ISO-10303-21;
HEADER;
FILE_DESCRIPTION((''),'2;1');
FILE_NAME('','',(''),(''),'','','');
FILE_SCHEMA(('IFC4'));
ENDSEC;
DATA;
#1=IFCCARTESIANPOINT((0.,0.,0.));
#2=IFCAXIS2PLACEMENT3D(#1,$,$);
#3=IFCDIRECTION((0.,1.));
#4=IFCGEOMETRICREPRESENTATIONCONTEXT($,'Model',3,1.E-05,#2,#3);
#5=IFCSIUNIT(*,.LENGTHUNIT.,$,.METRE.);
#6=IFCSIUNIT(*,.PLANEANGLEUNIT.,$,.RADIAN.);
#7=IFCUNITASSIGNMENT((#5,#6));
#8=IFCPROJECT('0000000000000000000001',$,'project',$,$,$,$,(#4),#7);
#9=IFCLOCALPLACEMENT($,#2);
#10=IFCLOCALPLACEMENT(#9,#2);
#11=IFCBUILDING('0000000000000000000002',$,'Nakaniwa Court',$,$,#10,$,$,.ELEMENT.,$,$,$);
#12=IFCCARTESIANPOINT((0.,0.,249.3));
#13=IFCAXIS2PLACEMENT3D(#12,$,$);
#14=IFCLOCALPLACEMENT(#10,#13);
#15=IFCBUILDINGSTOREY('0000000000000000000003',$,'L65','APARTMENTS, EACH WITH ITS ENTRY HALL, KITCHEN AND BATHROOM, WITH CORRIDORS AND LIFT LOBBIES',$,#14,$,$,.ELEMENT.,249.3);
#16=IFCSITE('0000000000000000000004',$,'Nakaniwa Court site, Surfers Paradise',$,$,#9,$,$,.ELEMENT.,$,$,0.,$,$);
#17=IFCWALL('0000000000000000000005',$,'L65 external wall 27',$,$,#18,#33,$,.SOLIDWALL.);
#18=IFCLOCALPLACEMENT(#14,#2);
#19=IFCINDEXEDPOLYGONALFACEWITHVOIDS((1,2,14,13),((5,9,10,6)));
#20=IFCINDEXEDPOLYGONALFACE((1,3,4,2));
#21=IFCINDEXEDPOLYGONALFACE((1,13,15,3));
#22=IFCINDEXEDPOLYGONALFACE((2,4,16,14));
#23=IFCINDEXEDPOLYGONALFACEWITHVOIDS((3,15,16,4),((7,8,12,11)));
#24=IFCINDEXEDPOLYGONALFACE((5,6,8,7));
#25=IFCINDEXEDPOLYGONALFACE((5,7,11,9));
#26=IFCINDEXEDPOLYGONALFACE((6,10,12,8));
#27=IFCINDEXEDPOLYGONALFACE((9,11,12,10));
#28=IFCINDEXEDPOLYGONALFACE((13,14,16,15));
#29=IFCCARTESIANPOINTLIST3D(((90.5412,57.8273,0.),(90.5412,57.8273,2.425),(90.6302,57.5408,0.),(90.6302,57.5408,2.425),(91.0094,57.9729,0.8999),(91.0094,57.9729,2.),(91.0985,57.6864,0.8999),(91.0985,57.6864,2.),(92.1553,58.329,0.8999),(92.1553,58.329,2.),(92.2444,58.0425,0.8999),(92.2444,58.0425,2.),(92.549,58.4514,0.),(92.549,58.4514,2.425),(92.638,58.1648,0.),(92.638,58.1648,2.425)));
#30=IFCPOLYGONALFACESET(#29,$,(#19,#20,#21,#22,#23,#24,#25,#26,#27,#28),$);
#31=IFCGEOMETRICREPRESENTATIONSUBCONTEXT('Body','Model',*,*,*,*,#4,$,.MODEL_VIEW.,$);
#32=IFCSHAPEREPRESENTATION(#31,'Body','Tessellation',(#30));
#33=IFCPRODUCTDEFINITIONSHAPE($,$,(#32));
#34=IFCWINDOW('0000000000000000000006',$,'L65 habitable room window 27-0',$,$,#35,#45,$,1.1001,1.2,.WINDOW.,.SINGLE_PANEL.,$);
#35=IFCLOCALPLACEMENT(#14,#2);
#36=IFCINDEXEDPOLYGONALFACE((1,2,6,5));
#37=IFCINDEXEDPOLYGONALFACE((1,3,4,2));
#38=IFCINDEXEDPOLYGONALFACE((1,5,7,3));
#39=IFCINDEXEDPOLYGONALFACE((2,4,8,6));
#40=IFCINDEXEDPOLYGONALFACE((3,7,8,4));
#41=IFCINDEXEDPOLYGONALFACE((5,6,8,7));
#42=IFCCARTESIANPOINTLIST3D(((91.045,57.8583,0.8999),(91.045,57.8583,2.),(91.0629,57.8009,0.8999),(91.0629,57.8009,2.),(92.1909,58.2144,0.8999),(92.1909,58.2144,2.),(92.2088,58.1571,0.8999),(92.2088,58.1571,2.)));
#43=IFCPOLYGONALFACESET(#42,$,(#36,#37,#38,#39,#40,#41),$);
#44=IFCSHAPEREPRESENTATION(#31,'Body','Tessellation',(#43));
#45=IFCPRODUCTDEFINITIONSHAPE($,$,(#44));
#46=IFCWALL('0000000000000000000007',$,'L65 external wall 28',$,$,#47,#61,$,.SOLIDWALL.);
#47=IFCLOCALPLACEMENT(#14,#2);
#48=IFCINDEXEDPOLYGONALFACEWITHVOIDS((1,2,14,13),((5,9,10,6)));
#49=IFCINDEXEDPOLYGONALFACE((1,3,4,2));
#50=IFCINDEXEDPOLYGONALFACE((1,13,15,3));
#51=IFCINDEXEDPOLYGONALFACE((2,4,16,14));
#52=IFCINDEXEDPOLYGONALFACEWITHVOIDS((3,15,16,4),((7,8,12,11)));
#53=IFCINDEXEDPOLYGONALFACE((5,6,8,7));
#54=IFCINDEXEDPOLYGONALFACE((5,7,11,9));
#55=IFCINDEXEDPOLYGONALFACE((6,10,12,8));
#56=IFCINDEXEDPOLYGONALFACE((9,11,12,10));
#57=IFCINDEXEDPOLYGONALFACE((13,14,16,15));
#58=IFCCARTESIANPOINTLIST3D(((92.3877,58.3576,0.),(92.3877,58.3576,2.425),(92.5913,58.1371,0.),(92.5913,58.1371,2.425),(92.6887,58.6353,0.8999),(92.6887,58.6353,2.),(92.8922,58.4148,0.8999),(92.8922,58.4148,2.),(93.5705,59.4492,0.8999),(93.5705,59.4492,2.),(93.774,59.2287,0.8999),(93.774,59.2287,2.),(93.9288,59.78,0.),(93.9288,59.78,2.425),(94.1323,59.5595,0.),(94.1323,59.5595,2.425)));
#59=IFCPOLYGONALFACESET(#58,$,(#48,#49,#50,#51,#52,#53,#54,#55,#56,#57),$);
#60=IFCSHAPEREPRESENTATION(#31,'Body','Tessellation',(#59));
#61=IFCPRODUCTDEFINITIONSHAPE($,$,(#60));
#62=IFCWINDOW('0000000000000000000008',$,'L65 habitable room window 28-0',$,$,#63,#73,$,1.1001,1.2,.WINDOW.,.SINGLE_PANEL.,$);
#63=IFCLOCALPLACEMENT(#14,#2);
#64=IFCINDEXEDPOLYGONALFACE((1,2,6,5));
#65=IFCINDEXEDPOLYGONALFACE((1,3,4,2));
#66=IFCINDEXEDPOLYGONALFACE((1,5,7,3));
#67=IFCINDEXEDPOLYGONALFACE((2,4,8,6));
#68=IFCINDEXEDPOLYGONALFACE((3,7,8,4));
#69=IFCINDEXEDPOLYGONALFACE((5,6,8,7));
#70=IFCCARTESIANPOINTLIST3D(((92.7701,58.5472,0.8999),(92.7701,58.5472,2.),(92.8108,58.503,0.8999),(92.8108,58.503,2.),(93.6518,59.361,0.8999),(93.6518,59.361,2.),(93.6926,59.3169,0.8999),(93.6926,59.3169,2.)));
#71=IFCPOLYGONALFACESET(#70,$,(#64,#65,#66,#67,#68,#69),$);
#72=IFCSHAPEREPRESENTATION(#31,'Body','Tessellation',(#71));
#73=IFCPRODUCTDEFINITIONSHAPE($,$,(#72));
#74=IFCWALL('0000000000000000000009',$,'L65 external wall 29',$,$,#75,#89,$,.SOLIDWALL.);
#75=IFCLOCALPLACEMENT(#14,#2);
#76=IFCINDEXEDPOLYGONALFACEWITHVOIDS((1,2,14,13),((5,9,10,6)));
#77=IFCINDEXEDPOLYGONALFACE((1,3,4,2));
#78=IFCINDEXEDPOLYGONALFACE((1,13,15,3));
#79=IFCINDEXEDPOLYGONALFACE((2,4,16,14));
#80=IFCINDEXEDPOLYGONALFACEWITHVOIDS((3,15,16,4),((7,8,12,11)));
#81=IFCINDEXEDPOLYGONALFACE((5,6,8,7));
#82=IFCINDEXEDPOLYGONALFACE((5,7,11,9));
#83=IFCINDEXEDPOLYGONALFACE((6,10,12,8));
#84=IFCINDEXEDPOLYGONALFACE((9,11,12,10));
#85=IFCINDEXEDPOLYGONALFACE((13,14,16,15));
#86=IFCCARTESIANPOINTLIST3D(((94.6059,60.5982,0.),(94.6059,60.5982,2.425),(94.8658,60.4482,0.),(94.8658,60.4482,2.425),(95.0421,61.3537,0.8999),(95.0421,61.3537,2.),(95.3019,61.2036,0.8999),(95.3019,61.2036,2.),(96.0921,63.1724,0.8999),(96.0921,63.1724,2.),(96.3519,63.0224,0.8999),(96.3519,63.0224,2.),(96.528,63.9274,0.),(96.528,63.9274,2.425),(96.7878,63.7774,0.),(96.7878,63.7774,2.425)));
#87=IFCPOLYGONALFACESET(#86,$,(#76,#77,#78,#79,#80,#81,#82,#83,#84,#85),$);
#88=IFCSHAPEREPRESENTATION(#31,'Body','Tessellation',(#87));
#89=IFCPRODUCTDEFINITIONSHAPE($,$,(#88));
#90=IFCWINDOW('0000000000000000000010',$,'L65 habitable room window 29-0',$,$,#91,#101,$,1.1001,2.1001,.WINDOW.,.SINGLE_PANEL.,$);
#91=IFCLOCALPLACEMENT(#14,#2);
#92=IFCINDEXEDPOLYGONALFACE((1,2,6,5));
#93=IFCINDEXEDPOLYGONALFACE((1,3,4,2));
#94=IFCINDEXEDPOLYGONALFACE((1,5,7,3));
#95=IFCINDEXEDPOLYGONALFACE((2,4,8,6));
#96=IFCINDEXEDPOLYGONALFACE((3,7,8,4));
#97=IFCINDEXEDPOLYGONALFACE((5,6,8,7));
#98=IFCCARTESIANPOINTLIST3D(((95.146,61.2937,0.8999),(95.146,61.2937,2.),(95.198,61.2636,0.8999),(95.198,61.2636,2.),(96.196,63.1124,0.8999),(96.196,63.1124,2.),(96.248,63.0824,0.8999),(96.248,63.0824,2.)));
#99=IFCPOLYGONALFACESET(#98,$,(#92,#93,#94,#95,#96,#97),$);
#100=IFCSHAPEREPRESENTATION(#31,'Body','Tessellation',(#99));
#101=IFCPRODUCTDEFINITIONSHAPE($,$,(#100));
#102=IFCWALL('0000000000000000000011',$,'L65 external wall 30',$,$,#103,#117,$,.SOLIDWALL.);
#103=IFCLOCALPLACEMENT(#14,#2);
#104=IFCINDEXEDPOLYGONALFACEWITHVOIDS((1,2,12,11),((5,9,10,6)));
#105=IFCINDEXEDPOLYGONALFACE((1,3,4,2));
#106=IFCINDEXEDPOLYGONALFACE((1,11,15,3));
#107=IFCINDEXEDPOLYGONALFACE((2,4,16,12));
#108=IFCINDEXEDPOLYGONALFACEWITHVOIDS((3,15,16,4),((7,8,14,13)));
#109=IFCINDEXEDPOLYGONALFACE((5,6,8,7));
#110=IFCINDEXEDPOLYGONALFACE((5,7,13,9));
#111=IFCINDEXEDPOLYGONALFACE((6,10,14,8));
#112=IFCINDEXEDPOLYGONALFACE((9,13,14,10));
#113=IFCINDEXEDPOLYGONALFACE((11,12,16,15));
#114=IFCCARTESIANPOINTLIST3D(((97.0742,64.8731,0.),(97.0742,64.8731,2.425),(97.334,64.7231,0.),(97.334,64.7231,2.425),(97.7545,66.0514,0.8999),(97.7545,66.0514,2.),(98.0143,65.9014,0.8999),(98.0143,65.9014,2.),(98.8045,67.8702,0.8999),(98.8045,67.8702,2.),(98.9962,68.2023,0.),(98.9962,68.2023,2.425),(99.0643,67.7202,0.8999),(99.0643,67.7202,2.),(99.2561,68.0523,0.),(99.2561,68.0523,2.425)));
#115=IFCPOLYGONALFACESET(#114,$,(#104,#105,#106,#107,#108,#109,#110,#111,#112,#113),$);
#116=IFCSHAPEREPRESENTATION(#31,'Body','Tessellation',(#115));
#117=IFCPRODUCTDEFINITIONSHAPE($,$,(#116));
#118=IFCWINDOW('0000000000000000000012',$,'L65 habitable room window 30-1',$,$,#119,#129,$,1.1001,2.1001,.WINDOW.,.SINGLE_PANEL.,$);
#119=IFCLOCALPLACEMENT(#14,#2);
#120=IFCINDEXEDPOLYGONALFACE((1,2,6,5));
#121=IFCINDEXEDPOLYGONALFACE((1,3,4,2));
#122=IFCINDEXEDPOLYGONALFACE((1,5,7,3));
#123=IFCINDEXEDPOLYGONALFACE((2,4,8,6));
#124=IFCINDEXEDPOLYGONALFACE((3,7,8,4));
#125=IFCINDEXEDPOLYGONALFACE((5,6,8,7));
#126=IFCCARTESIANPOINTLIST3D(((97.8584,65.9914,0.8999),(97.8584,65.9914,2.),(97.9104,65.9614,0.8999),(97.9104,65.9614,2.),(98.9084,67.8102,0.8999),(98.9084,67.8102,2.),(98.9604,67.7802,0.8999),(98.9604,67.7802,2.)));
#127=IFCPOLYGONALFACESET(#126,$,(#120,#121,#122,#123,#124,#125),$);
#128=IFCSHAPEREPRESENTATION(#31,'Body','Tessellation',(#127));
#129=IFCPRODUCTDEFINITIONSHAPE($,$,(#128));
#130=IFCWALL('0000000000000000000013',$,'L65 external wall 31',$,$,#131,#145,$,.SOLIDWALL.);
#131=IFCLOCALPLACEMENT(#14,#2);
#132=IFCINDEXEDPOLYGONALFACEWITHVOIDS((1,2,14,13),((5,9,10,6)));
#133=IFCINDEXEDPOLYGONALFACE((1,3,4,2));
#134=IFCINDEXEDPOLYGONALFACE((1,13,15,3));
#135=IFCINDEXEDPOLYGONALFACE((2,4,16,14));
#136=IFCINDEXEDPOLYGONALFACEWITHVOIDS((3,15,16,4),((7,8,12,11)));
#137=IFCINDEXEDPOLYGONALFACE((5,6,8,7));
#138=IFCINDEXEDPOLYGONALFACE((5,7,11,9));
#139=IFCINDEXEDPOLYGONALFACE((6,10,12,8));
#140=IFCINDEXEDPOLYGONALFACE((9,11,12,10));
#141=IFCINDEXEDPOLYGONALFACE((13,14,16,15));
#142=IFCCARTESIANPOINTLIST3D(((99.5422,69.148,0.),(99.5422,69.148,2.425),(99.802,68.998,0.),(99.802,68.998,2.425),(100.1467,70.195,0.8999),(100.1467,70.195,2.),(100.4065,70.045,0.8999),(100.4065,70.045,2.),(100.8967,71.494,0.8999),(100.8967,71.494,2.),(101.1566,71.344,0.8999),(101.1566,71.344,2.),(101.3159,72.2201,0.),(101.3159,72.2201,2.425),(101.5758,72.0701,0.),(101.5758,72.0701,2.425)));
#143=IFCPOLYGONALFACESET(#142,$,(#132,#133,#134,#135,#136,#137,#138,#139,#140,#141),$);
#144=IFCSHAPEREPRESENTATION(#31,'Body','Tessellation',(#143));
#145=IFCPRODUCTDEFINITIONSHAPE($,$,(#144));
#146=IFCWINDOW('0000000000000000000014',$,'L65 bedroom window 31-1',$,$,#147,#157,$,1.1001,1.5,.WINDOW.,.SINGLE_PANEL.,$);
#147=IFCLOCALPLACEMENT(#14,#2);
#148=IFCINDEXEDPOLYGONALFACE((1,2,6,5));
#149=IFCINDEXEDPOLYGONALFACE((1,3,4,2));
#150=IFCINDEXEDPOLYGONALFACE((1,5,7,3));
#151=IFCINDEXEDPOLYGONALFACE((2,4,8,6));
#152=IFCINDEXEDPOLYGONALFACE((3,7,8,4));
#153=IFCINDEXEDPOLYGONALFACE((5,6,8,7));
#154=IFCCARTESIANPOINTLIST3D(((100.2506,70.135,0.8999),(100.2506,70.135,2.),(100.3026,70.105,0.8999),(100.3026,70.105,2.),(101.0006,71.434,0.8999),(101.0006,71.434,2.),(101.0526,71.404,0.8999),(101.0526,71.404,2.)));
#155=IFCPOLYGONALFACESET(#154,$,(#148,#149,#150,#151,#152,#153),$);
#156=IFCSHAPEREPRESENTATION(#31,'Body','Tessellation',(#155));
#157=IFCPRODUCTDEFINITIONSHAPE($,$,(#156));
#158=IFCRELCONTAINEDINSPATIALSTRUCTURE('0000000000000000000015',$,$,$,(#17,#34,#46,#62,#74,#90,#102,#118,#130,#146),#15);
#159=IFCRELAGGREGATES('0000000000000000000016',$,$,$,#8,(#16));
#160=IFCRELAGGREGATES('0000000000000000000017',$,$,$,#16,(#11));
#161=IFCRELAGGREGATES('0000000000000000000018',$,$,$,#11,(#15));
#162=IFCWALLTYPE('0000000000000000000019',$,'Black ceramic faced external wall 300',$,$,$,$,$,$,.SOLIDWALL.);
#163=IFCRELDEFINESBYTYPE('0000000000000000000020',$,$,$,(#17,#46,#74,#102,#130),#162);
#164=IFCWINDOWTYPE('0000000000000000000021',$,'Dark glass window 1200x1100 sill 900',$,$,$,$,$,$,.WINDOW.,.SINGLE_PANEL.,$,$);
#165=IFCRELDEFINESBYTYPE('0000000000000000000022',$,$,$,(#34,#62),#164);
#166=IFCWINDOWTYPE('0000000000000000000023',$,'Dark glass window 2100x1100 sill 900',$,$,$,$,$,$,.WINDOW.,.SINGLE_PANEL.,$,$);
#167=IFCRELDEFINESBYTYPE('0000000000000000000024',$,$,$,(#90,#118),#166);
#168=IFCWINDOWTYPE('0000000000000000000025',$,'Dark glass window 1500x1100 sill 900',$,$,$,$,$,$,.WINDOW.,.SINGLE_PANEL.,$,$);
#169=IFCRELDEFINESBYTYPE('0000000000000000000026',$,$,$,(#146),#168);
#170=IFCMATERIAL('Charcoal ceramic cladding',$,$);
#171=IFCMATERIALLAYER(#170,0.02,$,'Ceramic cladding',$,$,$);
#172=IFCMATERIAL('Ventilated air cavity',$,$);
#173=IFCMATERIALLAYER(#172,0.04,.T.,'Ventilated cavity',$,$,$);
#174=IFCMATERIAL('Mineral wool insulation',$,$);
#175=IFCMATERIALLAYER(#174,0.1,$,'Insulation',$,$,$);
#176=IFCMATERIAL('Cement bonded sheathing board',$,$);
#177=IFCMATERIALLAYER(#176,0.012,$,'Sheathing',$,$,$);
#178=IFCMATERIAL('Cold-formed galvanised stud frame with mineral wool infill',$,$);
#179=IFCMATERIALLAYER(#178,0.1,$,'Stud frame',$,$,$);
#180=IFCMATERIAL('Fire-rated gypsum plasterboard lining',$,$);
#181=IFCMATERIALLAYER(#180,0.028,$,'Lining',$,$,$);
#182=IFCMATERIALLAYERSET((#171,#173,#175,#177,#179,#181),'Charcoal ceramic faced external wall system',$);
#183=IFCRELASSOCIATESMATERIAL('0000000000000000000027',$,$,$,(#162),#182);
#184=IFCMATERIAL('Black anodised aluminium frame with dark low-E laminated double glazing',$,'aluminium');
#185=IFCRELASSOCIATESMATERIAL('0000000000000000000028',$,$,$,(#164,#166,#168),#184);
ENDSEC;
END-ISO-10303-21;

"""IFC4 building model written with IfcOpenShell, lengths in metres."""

from ifc_helpers import new_model, si_unit, direction, frame, frame_2d, origin, place, context, subcontext, project, spatial, rectangle, extrude, material, layer, layer_set, type_object, element, fill, save


model = new_model("IFC4")

# Units and contexts
model_context = context("Model", 3, precision=1e-05, world=origin(), true_north=direction((0.0, 1.0)))
body_context = subcontext(model_context, "Body", "Model", "MODEL_VIEW")
ifc_project = project(units=[si_unit("LENGTHUNIT", "METRE"), si_unit("PLANEANGLEUNIT", "RADIAN")], contexts=[model_context])

# Site, building, storey
site_placement = place(None, origin())
site = spatial("IfcSite", under=ifc_project, at=site_placement, Name="Nakaniwa Court site, Surfers Paradise", CompositionType="ELEMENT", RefElevation=0.0)
building_placement = place(site_placement, origin())
building = spatial("IfcBuilding", under=site, at=building_placement, Name="Nakaniwa Court", CompositionType="ELEMENT")
storey_placement = place(building_placement, frame((0.0, 0.0, 249.3)))
storey = spatial("IfcBuildingStorey", under=building, at=storey_placement, Name="L65", Description="APARTMENTS, EACH WITH ITS ENTRY HALL, KITCHEN AND BATHROOM, WITH CORRIDORS AND LIFT LOBBIES", CompositionType="ELEMENT", Elevation=249.3)

# Walls, openings, windows
ifc_material_1 = material(Name="Charcoal ceramic cladding")
ifc_layer_1 = layer(ifc_material_1, 0.02, Name="Ceramic cladding")
ifc_material_2 = material(Name="Ventilated air cavity")
ifc_layer_2 = layer(ifc_material_2, 0.04, ventilated=True, Name="Ventilated cavity")
ifc_material_3 = material(Name="Mineral wool insulation")
ifc_layer_3 = layer(ifc_material_3, 0.1, Name="Insulation")
ifc_material_4 = material(Name="Cement bonded sheathing board")
ifc_layer_4 = layer(ifc_material_4, 0.012, Name="Sheathing")
ifc_material_5 = material(Name="Cold-formed galvanised stud frame with mineral wool infill")
ifc_layer_5 = layer(ifc_material_5, 0.1, Name="Stud frame")
ifc_material_6 = material(Name="Fire-rated gypsum plasterboard lining")
ifc_layer_6 = layer(ifc_material_6, 0.028, Name="Lining")
ifc_layer_set_1 = layer_set([ifc_layer_1, ifc_layer_2, ifc_layer_3, ifc_layer_4, ifc_layer_5, ifc_layer_6], Name="Charcoal ceramic faced external wall system")
wall_type_1 = type_object("IfcWallType", Name="Black ceramic faced external wall 300", PredefinedType="SOLIDWALL", material=ifc_layer_set_1)
wall_1_placement = place(storey_placement, frame((90.5857, 57.6841, 0.0), z_axis=(0.0, 0.0, 1.0), x_axis=(0.954942, 0.296794, 0.0)))
wall_1 = element("IfcWall", 1, at=wall_1_placement, inside=storey, type_object=wall_type_1, Name="L65 external wall 27", PredefinedType="SOLIDWALL", context=body_context, shape_type="SweptSolid", body=[
    extrude(rectangle(XDim=2.1025, YDim=0.3, at=frame_2d((1.0513, 0.0))), origin(), (0.0, 0.0, 1.0), 2.425),
])
opening_1_placement = place(wall_1_placement, frame((0.4902, 0.0, 0.8999)))
opening_1 = element("IfcOpeningElement", 2, at=opening_1_placement, cuts=wall_1, PredefinedType="OPENING", context=body_context, shape_type="SweptSolid", body=[
    extrude(rectangle(XDim=1.2, YDim=1.1001, at=frame_2d((0.6001, 0.55))), frame((0.0, 0.1599, 0.0), z_axis=(0.0, -1.0, 0.0), x_axis=(1.0, 0.0, 0.0)), (0.0, 0.0, 1.0), 0.3201),
])
ifc_material_7 = material(Name="Black anodised aluminium frame with dark low-E laminated double glazing", Category="aluminium")
window_type_1 = type_object("IfcWindowType", Name="Dark glass window 1200x1100 sill 900", PartitioningType="SINGLE_PANEL", PredefinedType="WINDOW", material=ifc_material_7)
window_1_placement = place(opening_1_placement, origin())
window_1 = element("IfcWindow", 3, at=window_1_placement, inside=storey, type_object=window_type_1, Name="L65 habitable room window 27-0", OverallHeight=1.1001, OverallWidth=1.2, PartitioningType="SINGLE_PANEL", PredefinedType="WINDOW", context=body_context, shape_type="SweptSolid", body=[
    extrude(rectangle(XDim=1.2, YDim=1.1001, at=frame_2d((0.6001, 0.55))), frame((0.0, 0.03, 0.0), z_axis=(0.0, -1.0, 0.0), x_axis=(1.0, 0.0, 0.0)), (0.0, 0.0, 1.0), 0.0601),
])
fill(opening_1, window_1)
wall_2_placement = place(storey_placement, frame((92.4895, 58.2473, 0.0), z_axis=(0.0, 0.0, 1.0), x_axis=(0.73483, 0.678251, 0.0)))
wall_2 = element("IfcWall", 4, at=wall_2_placement, inside=storey, type_object=wall_type_1, Name="L65 external wall 28", PredefinedType="SOLIDWALL", context=body_context, shape_type="SweptSolid", body=[
    extrude(rectangle(XDim=2.0972, YDim=0.3, at=frame_2d((1.0486, 0.0))), origin(), (0.0, 0.0, 1.0), 2.425),
])
opening_2_placement = place(wall_2_placement, frame((0.4094, 0.0, 0.8999)))
opening_2 = element("IfcOpeningElement", 5, at=opening_2_placement, cuts=wall_2, PredefinedType="OPENING", context=body_context, shape_type="SweptSolid", body=[
    extrude(rectangle(XDim=1.2, YDim=1.1001, at=frame_2d((0.6001, 0.55))), frame((0.0, 0.1599, 0.0), z_axis=(0.0, -1.0, 0.0), x_axis=(1.0, 0.0, 0.0)), (0.0, 0.0, 1.0), 0.3201),
])
window_2_placement = place(opening_2_placement, origin())
window_2 = element("IfcWindow", 6, at=window_2_placement, inside=storey, type_object=window_type_1, Name="L65 habitable room window 28-0", OverallHeight=1.1001, OverallWidth=1.2, PartitioningType="SINGLE_PANEL", PredefinedType="WINDOW", context=body_context, shape_type="SweptSolid", body=[
    extrude(rectangle(XDim=1.2, YDim=1.1001, at=frame_2d((0.6001, 0.55))), frame((0.0, 0.03, 0.0), z_axis=(0.0, -1.0, 0.0), x_axis=(1.0, 0.0, 0.0)), (0.0, 0.0, 1.0), 0.0601),
])
fill(opening_2, window_2)
wall_3_placement = place(storey_placement, frame((94.7358, 60.5232, 0.0), z_axis=(0.0, 0.0, 1.0), x_axis=(0.499984, 0.866034, 0.0)))
wall_3 = element("IfcWall", 7, at=wall_3_placement, inside=storey, type_object=wall_type_1, Name="L65 external wall 29", PredefinedType="SOLIDWALL", context=body_context, shape_type="SweptSolid", body=[
    extrude(rectangle(XDim=3.8442, YDim=0.3, at=frame_2d((1.9221, 0.0))), origin(), (0.0, 0.0, 1.0), 2.425),
])
opening_3_placement = place(wall_3_placement, frame((0.8723, 0.0, 0.8999)))
opening_3 = element("IfcOpeningElement", 8, at=opening_3_placement, cuts=wall_3, PredefinedType="OPENING", context=body_context, shape_type="SweptSolid", body=[
    extrude(rectangle(XDim=2.1001, YDim=1.1001, at=frame_2d((1.05, 0.55))), frame((0.0, 0.1599, 0.0), z_axis=(0.0, -1.0, 0.0), x_axis=(1.0, 0.0, 0.0)), (0.0, 0.0, 1.0), 0.3201),
])
window_type_2 = type_object("IfcWindowType", Name="Dark glass window 2100x1100 sill 900", PartitioningType="SINGLE_PANEL", PredefinedType="WINDOW", material=ifc_material_7)
window_3_placement = place(opening_3_placement, origin())
window_3 = element("IfcWindow", 9, at=window_3_placement, inside=storey, type_object=window_type_2, Name="L65 habitable room window 29-0", OverallHeight=1.1001, OverallWidth=2.1001, PartitioningType="SINGLE_PANEL", PredefinedType="WINDOW", context=body_context, shape_type="SweptSolid", body=[
    extrude(rectangle(XDim=2.1001, YDim=1.1001, at=frame_2d((1.05, 0.55))), frame((0.0, 0.03, 0.0), z_axis=(0.0, -1.0, 0.0), x_axis=(1.0, 0.0, 0.0)), (0.0, 0.0, 1.0), 0.0601),
])
fill(opening_3, window_3)
wall_4_placement = place(storey_placement, frame((97.2041, 64.7981, 0.0), z_axis=(0.0, 0.0, 1.0), x_axis=(0.499984, 0.866034, 0.0)))
wall_4 = element("IfcWall", 10, at=wall_4_placement, inside=storey, type_object=wall_type_1, Name="L65 external wall 30", PredefinedType="SOLIDWALL", context=body_context, shape_type="SweptSolid", body=[
    extrude(rectangle(XDim=3.8442, YDim=0.3, at=frame_2d((1.9221, 0.0))), origin(), (0.0, 0.0, 1.0), 2.425),
])
opening_4_placement = place(wall_4_placement, frame((1.3606, 0.0, 0.8999)))
opening_4 = element("IfcOpeningElement", 11, at=opening_4_placement, cuts=wall_4, PredefinedType="OPENING", context=body_context, shape_type="SweptSolid", body=[
    extrude(rectangle(XDim=2.1001, YDim=1.1001, at=frame_2d((1.05, 0.55))), frame((0.0, 0.1599, 0.0), z_axis=(0.0, -1.0, 0.0), x_axis=(1.0, 0.0, 0.0)), (0.0, 0.0, 1.0), 0.3201),
])
window_4_placement = place(opening_4_placement, origin())
window_4 = element("IfcWindow", 12, at=window_4_placement, inside=storey, type_object=window_type_2, Name="L65 habitable room window 30-1", OverallHeight=1.1001, OverallWidth=2.1001, PartitioningType="SINGLE_PANEL", PredefinedType="WINDOW", context=body_context, shape_type="SweptSolid", body=[
    extrude(rectangle(XDim=2.1001, YDim=1.1001, at=frame_2d((1.05, 0.55))), frame((0.0, 0.03, 0.0), z_axis=(0.0, -1.0, 0.0), x_axis=(1.0, 0.0, 0.0)), (0.0, 0.0, 1.0), 0.0601),
])
fill(opening_4, window_4)
wall_5_placement = place(storey_placement, frame((99.6721, 69.073, 0.0), z_axis=(0.0, 0.0, 1.0), x_axis=(0.50001, 0.866019, 0.0)))
wall_5 = element("IfcWall", 13, at=wall_5_placement, inside=storey, type_object=wall_type_1, Name="L65 external wall 31", PredefinedType="SOLIDWALL", context=body_context, shape_type="SweptSolid", body=[
    extrude(rectangle(XDim=3.5474, YDim=0.3, at=frame_2d((1.7737, 0.0))), origin(), (0.0, 0.0, 1.0), 2.425),
])
opening_5_placement = place(wall_5_placement, frame((1.209, 0.0, 0.8999)))
opening_5 = element("IfcOpeningElement", 14, at=opening_5_placement, cuts=wall_5, PredefinedType="OPENING", context=body_context, shape_type="SweptSolid", body=[
    extrude(rectangle(XDim=1.5, YDim=1.1001, at=frame_2d((0.75, 0.55))), frame((0.0, 0.1599, 0.0), z_axis=(0.0, -1.0, 0.0), x_axis=(1.0, 0.0, 0.0)), (0.0, 0.0, 1.0), 0.3201),
])
window_type_3 = type_object("IfcWindowType", Name="Dark glass window 1500x1100 sill 900", PartitioningType="SINGLE_PANEL", PredefinedType="WINDOW", material=ifc_material_7)
window_5_placement = place(opening_5_placement, origin())
window_5 = element("IfcWindow", 15, at=window_5_placement, inside=storey, type_object=window_type_3, Name="L65 bedroom window 31-1", OverallHeight=1.1001, OverallWidth=1.5, PartitioningType="SINGLE_PANEL", PredefinedType="WINDOW", context=body_context, shape_type="SweptSolid", body=[
    extrude(rectangle(XDim=1.5, YDim=1.1001, at=frame_2d((0.75, 0.55))), frame((0.0, 0.03, 0.0), z_axis=(0.0, -1.0, 0.0), x_axis=(1.0, 0.0, 0.0)), (0.0, 0.0, 1.0), 0.0601),
])
fill(opening_5, window_5)

save(model, "model.ifc")
